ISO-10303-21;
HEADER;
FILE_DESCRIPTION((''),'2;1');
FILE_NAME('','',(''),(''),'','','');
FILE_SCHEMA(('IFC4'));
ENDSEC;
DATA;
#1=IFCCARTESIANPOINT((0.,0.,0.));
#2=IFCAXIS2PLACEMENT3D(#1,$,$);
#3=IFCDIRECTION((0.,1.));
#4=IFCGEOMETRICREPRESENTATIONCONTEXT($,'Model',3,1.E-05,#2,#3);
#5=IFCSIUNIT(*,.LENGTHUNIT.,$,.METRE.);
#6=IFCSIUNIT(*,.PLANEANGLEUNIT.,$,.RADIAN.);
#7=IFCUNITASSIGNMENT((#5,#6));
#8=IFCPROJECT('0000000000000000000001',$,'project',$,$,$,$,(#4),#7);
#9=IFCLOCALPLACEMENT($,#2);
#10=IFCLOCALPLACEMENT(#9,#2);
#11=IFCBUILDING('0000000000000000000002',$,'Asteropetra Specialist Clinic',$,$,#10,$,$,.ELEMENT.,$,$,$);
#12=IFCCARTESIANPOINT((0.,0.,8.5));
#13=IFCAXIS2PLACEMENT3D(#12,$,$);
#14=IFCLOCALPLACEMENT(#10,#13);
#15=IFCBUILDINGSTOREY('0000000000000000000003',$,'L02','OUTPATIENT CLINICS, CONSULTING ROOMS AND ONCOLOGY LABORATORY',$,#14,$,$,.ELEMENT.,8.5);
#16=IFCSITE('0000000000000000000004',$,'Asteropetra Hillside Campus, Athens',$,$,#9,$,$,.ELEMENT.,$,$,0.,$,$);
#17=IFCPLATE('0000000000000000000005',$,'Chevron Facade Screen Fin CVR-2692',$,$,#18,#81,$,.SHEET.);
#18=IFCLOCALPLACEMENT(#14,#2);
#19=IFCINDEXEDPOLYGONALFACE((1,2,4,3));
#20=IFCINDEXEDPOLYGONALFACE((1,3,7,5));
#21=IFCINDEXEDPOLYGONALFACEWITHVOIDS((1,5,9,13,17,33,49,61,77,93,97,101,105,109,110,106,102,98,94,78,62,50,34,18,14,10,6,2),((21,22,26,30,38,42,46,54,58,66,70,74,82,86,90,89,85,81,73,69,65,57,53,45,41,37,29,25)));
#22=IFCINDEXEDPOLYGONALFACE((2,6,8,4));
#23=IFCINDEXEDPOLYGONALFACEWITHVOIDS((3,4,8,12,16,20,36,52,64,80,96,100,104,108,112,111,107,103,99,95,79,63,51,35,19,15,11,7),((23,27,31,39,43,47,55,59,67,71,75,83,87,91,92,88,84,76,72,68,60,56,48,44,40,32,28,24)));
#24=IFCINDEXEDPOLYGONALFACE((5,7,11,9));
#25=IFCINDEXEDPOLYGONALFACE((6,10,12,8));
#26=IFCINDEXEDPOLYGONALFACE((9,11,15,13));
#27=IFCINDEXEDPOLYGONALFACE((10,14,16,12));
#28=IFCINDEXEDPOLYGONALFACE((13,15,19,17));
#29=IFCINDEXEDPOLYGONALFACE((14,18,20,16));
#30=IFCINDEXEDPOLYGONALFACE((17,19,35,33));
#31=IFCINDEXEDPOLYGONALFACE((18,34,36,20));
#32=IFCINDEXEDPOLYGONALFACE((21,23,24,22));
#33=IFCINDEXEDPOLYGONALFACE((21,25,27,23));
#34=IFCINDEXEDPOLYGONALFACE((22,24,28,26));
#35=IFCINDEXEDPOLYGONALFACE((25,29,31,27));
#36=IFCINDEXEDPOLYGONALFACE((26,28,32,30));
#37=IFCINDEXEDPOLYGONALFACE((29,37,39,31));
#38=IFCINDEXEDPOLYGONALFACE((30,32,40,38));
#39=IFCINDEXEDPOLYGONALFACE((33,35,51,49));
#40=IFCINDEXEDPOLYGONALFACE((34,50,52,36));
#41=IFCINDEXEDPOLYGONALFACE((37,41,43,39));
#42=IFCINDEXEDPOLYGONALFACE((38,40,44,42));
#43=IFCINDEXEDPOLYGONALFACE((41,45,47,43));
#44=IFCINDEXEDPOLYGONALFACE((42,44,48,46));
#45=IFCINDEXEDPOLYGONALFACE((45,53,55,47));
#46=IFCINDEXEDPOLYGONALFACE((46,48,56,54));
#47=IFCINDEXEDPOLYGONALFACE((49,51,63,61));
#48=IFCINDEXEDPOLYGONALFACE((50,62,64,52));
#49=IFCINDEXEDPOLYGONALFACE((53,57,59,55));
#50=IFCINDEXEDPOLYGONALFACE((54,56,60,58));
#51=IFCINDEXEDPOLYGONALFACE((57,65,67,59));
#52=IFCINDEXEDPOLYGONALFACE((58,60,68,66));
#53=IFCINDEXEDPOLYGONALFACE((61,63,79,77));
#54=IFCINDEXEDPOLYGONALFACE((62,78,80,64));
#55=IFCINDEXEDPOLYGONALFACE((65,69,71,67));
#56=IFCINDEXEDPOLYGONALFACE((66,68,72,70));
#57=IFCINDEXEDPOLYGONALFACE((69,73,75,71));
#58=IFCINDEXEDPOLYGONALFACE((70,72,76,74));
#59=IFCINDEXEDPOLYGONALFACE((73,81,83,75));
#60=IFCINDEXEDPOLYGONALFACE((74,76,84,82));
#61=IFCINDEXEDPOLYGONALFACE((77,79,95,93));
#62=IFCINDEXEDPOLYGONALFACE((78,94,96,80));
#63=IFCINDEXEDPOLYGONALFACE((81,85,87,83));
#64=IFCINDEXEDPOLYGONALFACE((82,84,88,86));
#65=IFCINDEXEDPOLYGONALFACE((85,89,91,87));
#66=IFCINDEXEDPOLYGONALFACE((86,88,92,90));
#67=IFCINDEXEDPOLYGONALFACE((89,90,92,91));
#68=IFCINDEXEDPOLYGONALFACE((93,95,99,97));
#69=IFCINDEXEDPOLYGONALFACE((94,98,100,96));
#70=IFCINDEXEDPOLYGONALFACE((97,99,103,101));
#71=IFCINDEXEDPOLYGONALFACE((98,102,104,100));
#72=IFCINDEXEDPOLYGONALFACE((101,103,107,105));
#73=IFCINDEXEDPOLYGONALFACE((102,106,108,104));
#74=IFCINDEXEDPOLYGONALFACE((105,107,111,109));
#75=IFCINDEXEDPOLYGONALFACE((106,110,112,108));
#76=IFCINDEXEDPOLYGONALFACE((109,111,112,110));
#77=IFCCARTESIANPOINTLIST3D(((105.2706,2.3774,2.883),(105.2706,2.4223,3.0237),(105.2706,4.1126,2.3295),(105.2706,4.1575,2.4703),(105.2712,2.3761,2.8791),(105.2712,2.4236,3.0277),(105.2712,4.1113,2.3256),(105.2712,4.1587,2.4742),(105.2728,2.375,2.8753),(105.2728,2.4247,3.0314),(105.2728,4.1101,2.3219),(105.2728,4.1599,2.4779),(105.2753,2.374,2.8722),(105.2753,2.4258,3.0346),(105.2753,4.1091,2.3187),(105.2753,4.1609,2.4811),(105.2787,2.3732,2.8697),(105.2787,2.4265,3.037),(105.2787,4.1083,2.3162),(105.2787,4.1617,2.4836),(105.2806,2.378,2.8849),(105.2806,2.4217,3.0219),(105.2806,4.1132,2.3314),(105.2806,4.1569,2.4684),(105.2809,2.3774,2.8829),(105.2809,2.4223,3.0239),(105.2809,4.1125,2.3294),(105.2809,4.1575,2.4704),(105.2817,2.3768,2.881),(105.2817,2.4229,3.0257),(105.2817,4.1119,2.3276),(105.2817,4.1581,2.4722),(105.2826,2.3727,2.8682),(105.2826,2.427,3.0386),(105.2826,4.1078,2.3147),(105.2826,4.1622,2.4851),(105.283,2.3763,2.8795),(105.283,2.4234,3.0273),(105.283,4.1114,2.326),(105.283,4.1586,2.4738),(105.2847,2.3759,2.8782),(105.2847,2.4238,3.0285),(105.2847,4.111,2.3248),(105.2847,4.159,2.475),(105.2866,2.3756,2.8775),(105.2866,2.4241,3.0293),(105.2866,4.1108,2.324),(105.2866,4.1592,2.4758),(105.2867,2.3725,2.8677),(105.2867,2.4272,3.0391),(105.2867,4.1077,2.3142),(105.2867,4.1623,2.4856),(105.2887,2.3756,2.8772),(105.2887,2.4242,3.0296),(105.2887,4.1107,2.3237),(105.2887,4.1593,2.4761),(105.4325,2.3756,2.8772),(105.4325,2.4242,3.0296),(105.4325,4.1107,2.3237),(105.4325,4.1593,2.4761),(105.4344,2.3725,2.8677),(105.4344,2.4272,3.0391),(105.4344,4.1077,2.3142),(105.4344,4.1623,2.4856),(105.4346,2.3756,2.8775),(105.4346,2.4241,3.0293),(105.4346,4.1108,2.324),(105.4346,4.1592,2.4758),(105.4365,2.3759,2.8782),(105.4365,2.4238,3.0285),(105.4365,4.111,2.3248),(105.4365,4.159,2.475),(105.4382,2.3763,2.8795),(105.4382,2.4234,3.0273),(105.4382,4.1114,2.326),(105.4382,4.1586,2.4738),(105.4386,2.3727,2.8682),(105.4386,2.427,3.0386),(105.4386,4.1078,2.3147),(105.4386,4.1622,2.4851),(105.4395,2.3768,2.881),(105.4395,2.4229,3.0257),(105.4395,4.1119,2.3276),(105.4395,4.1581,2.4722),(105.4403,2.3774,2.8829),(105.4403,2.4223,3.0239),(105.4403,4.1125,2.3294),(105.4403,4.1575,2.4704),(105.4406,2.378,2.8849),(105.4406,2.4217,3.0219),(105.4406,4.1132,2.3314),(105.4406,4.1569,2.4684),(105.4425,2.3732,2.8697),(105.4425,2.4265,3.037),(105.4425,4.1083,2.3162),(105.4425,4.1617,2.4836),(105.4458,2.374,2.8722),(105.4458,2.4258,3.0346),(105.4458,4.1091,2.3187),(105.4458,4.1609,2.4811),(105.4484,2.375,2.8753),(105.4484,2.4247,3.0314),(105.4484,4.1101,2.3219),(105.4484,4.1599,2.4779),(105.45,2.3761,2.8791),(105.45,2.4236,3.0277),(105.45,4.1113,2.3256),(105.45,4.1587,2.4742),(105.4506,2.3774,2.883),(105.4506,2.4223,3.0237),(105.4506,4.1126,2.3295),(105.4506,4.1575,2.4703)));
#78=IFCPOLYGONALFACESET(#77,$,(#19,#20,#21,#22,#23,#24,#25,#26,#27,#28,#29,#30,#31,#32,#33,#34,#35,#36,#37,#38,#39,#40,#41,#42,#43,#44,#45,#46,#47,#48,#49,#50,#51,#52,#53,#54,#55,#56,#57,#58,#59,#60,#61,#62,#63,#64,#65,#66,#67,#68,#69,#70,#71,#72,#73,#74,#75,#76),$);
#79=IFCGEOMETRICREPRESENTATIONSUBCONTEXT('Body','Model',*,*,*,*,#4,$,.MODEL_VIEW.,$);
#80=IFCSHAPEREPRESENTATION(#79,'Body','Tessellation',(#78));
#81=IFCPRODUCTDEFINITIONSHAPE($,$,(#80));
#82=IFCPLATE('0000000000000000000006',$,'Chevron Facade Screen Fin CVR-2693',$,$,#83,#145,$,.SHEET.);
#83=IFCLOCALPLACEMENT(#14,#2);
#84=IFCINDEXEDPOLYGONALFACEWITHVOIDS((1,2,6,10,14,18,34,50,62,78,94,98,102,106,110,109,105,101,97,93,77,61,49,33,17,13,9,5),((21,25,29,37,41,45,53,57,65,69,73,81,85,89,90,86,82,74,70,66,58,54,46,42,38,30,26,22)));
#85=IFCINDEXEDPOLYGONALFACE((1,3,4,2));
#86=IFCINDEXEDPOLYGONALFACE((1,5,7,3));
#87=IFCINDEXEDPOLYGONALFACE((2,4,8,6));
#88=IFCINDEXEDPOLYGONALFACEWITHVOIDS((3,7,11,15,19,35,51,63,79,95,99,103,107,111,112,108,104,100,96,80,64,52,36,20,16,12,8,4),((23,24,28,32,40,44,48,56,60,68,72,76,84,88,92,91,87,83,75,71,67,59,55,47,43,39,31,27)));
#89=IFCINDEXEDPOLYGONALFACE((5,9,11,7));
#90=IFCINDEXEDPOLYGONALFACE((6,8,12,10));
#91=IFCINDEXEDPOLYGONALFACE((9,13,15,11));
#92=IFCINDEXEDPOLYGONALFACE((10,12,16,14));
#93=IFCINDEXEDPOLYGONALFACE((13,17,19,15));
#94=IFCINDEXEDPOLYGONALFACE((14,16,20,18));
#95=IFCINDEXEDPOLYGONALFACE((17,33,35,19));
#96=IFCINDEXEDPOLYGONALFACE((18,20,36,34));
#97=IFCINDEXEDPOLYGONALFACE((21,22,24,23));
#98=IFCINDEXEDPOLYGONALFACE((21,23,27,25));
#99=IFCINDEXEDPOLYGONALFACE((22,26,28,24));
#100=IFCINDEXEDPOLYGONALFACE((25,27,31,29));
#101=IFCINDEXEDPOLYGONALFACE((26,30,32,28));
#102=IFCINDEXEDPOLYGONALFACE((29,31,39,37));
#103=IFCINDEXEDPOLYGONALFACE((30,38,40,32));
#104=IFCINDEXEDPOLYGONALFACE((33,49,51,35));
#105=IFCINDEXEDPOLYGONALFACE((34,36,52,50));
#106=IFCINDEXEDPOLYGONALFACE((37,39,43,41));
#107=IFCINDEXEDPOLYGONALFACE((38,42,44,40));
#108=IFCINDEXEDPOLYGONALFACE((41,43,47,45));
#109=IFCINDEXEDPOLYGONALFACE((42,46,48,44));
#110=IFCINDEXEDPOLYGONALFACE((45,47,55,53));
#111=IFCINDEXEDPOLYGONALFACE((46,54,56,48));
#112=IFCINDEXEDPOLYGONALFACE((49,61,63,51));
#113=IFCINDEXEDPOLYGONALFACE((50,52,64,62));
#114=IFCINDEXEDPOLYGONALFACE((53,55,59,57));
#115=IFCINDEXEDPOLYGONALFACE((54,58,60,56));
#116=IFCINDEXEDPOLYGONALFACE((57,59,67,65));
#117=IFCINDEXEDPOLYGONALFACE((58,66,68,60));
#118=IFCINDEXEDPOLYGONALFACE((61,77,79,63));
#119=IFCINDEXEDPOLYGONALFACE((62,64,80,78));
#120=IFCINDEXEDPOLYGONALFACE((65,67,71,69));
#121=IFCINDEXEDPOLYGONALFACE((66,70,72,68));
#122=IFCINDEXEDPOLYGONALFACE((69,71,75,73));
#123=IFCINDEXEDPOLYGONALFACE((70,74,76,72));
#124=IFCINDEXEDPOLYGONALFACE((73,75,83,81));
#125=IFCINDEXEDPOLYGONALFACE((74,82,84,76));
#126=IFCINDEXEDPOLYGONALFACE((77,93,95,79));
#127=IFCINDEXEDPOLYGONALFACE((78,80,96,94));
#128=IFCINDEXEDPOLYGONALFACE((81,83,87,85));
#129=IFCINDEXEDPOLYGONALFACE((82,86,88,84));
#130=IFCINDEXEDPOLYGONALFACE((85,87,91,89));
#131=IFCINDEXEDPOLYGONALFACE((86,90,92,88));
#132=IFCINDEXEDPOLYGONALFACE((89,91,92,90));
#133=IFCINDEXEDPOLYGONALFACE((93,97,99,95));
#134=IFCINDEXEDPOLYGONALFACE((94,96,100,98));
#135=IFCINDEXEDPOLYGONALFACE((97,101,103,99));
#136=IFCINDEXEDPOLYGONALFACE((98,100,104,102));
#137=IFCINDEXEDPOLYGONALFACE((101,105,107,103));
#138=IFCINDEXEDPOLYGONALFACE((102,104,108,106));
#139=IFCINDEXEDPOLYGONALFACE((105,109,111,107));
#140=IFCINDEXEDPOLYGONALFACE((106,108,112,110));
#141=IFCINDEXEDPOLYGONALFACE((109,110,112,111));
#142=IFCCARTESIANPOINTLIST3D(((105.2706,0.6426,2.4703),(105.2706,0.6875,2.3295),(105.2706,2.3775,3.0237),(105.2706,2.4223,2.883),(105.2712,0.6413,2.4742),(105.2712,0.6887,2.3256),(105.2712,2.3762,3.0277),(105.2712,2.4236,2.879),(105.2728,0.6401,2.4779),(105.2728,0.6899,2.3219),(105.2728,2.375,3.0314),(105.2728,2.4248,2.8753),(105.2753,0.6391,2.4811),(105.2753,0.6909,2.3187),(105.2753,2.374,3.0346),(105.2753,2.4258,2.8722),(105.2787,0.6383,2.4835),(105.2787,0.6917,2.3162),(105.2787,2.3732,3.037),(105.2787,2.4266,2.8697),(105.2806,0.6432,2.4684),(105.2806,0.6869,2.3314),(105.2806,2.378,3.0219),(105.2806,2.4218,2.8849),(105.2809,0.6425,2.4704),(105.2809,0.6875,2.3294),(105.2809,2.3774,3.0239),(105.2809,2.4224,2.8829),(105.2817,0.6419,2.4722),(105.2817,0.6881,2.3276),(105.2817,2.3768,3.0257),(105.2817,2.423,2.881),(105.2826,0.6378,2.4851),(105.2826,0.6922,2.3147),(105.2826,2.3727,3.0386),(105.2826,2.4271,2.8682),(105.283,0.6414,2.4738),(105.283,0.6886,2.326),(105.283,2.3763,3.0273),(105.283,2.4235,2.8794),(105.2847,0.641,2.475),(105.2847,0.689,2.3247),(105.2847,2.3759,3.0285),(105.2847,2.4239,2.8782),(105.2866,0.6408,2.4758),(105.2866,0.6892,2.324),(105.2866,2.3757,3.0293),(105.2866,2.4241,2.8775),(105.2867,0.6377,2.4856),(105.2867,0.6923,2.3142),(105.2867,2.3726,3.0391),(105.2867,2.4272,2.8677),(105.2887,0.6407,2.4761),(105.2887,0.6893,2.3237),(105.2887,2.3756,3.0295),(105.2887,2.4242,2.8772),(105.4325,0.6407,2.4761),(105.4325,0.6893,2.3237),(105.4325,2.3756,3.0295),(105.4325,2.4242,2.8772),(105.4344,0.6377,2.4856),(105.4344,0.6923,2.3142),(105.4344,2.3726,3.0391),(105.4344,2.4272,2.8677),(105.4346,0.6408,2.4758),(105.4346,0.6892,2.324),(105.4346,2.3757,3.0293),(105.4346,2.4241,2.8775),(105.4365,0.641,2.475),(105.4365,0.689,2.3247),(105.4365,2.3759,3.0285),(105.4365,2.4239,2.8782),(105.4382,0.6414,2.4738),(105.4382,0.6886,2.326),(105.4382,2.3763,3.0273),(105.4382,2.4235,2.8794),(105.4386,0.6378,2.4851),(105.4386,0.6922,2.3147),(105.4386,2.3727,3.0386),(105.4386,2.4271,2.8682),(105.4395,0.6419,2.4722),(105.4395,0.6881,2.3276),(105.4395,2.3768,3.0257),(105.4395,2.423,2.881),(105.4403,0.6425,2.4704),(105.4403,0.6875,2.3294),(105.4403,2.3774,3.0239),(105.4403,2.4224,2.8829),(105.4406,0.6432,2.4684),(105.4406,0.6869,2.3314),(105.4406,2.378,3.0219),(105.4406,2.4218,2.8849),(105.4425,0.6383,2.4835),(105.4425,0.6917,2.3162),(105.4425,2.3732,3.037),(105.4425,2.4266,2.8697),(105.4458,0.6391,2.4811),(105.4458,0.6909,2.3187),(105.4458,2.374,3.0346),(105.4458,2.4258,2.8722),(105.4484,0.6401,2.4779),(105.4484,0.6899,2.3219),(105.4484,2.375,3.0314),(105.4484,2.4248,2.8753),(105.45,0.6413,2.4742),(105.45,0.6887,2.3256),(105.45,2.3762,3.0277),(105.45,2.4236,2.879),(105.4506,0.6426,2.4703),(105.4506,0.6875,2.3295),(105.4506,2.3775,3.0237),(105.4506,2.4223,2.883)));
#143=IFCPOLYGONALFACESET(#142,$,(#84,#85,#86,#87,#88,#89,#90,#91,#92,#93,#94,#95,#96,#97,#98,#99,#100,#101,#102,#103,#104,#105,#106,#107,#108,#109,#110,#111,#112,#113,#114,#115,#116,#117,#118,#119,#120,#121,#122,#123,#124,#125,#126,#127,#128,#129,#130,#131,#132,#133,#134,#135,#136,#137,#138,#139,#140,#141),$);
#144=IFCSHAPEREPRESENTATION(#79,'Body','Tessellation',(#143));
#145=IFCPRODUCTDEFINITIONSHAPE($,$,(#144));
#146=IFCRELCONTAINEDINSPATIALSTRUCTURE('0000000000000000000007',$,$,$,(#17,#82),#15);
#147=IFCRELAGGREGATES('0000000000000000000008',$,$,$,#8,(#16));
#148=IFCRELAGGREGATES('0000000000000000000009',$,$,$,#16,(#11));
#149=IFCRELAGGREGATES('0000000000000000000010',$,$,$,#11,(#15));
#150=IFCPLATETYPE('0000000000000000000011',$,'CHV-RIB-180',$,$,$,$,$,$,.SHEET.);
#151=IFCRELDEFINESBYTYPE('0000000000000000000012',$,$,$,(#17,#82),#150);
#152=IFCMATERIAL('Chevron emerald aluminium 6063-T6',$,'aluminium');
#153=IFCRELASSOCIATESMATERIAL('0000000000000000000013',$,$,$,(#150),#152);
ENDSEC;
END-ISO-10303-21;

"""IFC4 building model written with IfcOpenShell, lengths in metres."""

from ifc_helpers import new_model, si_unit, direction, frame, origin, origin_2d, place, context, subcontext, project, spatial, hollow_rectangle, extrude, material, material_profile, profile_set, type_object, element, save


model = new_model("IFC4")

# Units and contexts
model_context = context("Model", 3, precision=1e-05, world=origin(), true_north=direction((0.0, 1.0)))
body_context = subcontext(model_context, "Body", "Model", "MODEL_VIEW")
ifc_project = project(units=[si_unit("LENGTHUNIT", "METRE"), si_unit("PLANEANGLEUNIT", "RADIAN")], contexts=[model_context])

# Site, building, storey
site_placement = place(None, origin())
site = spatial("IfcSite", under=ifc_project, at=site_placement, Name="Asteropetra Hillside Campus, Athens", CompositionType="ELEMENT", RefElevation=0.0)
building_placement = place(site_placement, origin())
building = spatial("IfcBuilding", under=site, at=building_placement, Name="Asteropetra Specialist Clinic", CompositionType="ELEMENT")
storey_placement = place(building_placement, frame((0.0, 0.0, 8.5)))
storey = spatial("IfcBuildingStorey", under=building, at=storey_placement, Name="L02", Description="OUTPATIENT CLINICS, CONSULTING ROOMS AND ONCOLOGY LABORATORY", CompositionType="ELEMENT", Elevation=8.5)

# Plates
ifc_material_1 = material(Name="Chevron emerald aluminium 6063-T6", Category="aluminium")
ifc_material_profile = material_profile(ifc_material_1, hollow_rectangle(XDim=0.1799, YDim=0.1799, WallThickness=0.01, InnerFilletRadius=0.0081, OuterFilletRadius=0.0161, at=origin_2d()), Name="SHS 180x180x10.0")
ifc_profile_set = profile_set([ifc_material_profile], Name="Chevron emerald aluminium 6063-T6")
plate_type = type_object("IfcPlateType", Name="CHV-RIB-180", PredefinedType="SHEET", material=ifc_profile_set)
plate_1_placement = place(storey_placement, frame((105.3606, 4.135, 2.3999), z_axis=(0.0, -0.952705, 0.303895), x_axis=(1.0, 0.0, 0.0)))
element("IfcPlate", 1, at=plate_1_placement, inside=storey, type_object=plate_type, Name="Chevron Facade Screen Fin CVR-2692", PredefinedType="SHEET", context=body_context, shape_type="SweptSolid", body=[
    extrude(hollow_rectangle(XDim=0.1799, YDim=0.1799, WallThickness=0.01, InnerFilletRadius=0.0081, OuterFilletRadius=0.0161, at=origin_2d()), origin(), (0.0, 0.0, 1.0), 1.8213),
])
plate_2_placement = place(storey_placement, frame((105.3606, 2.3999, 2.9534), z_axis=(0.0, -0.952693, -0.303934), x_axis=(1.0, 0.0, 0.0)))
element("IfcPlate", 2, at=plate_2_placement, inside=storey, type_object=plate_type, Name="Chevron Facade Screen Fin CVR-2693", PredefinedType="SHEET", context=body_context, shape_type="SweptSolid", body=[
    extrude(hollow_rectangle(XDim=0.1799, YDim=0.1799, WallThickness=0.01, InnerFilletRadius=0.0081, OuterFilletRadius=0.0161, at=origin_2d()), origin(), (0.0, 0.0, 1.0), 1.821),
])

save(model, "model.ifc")
